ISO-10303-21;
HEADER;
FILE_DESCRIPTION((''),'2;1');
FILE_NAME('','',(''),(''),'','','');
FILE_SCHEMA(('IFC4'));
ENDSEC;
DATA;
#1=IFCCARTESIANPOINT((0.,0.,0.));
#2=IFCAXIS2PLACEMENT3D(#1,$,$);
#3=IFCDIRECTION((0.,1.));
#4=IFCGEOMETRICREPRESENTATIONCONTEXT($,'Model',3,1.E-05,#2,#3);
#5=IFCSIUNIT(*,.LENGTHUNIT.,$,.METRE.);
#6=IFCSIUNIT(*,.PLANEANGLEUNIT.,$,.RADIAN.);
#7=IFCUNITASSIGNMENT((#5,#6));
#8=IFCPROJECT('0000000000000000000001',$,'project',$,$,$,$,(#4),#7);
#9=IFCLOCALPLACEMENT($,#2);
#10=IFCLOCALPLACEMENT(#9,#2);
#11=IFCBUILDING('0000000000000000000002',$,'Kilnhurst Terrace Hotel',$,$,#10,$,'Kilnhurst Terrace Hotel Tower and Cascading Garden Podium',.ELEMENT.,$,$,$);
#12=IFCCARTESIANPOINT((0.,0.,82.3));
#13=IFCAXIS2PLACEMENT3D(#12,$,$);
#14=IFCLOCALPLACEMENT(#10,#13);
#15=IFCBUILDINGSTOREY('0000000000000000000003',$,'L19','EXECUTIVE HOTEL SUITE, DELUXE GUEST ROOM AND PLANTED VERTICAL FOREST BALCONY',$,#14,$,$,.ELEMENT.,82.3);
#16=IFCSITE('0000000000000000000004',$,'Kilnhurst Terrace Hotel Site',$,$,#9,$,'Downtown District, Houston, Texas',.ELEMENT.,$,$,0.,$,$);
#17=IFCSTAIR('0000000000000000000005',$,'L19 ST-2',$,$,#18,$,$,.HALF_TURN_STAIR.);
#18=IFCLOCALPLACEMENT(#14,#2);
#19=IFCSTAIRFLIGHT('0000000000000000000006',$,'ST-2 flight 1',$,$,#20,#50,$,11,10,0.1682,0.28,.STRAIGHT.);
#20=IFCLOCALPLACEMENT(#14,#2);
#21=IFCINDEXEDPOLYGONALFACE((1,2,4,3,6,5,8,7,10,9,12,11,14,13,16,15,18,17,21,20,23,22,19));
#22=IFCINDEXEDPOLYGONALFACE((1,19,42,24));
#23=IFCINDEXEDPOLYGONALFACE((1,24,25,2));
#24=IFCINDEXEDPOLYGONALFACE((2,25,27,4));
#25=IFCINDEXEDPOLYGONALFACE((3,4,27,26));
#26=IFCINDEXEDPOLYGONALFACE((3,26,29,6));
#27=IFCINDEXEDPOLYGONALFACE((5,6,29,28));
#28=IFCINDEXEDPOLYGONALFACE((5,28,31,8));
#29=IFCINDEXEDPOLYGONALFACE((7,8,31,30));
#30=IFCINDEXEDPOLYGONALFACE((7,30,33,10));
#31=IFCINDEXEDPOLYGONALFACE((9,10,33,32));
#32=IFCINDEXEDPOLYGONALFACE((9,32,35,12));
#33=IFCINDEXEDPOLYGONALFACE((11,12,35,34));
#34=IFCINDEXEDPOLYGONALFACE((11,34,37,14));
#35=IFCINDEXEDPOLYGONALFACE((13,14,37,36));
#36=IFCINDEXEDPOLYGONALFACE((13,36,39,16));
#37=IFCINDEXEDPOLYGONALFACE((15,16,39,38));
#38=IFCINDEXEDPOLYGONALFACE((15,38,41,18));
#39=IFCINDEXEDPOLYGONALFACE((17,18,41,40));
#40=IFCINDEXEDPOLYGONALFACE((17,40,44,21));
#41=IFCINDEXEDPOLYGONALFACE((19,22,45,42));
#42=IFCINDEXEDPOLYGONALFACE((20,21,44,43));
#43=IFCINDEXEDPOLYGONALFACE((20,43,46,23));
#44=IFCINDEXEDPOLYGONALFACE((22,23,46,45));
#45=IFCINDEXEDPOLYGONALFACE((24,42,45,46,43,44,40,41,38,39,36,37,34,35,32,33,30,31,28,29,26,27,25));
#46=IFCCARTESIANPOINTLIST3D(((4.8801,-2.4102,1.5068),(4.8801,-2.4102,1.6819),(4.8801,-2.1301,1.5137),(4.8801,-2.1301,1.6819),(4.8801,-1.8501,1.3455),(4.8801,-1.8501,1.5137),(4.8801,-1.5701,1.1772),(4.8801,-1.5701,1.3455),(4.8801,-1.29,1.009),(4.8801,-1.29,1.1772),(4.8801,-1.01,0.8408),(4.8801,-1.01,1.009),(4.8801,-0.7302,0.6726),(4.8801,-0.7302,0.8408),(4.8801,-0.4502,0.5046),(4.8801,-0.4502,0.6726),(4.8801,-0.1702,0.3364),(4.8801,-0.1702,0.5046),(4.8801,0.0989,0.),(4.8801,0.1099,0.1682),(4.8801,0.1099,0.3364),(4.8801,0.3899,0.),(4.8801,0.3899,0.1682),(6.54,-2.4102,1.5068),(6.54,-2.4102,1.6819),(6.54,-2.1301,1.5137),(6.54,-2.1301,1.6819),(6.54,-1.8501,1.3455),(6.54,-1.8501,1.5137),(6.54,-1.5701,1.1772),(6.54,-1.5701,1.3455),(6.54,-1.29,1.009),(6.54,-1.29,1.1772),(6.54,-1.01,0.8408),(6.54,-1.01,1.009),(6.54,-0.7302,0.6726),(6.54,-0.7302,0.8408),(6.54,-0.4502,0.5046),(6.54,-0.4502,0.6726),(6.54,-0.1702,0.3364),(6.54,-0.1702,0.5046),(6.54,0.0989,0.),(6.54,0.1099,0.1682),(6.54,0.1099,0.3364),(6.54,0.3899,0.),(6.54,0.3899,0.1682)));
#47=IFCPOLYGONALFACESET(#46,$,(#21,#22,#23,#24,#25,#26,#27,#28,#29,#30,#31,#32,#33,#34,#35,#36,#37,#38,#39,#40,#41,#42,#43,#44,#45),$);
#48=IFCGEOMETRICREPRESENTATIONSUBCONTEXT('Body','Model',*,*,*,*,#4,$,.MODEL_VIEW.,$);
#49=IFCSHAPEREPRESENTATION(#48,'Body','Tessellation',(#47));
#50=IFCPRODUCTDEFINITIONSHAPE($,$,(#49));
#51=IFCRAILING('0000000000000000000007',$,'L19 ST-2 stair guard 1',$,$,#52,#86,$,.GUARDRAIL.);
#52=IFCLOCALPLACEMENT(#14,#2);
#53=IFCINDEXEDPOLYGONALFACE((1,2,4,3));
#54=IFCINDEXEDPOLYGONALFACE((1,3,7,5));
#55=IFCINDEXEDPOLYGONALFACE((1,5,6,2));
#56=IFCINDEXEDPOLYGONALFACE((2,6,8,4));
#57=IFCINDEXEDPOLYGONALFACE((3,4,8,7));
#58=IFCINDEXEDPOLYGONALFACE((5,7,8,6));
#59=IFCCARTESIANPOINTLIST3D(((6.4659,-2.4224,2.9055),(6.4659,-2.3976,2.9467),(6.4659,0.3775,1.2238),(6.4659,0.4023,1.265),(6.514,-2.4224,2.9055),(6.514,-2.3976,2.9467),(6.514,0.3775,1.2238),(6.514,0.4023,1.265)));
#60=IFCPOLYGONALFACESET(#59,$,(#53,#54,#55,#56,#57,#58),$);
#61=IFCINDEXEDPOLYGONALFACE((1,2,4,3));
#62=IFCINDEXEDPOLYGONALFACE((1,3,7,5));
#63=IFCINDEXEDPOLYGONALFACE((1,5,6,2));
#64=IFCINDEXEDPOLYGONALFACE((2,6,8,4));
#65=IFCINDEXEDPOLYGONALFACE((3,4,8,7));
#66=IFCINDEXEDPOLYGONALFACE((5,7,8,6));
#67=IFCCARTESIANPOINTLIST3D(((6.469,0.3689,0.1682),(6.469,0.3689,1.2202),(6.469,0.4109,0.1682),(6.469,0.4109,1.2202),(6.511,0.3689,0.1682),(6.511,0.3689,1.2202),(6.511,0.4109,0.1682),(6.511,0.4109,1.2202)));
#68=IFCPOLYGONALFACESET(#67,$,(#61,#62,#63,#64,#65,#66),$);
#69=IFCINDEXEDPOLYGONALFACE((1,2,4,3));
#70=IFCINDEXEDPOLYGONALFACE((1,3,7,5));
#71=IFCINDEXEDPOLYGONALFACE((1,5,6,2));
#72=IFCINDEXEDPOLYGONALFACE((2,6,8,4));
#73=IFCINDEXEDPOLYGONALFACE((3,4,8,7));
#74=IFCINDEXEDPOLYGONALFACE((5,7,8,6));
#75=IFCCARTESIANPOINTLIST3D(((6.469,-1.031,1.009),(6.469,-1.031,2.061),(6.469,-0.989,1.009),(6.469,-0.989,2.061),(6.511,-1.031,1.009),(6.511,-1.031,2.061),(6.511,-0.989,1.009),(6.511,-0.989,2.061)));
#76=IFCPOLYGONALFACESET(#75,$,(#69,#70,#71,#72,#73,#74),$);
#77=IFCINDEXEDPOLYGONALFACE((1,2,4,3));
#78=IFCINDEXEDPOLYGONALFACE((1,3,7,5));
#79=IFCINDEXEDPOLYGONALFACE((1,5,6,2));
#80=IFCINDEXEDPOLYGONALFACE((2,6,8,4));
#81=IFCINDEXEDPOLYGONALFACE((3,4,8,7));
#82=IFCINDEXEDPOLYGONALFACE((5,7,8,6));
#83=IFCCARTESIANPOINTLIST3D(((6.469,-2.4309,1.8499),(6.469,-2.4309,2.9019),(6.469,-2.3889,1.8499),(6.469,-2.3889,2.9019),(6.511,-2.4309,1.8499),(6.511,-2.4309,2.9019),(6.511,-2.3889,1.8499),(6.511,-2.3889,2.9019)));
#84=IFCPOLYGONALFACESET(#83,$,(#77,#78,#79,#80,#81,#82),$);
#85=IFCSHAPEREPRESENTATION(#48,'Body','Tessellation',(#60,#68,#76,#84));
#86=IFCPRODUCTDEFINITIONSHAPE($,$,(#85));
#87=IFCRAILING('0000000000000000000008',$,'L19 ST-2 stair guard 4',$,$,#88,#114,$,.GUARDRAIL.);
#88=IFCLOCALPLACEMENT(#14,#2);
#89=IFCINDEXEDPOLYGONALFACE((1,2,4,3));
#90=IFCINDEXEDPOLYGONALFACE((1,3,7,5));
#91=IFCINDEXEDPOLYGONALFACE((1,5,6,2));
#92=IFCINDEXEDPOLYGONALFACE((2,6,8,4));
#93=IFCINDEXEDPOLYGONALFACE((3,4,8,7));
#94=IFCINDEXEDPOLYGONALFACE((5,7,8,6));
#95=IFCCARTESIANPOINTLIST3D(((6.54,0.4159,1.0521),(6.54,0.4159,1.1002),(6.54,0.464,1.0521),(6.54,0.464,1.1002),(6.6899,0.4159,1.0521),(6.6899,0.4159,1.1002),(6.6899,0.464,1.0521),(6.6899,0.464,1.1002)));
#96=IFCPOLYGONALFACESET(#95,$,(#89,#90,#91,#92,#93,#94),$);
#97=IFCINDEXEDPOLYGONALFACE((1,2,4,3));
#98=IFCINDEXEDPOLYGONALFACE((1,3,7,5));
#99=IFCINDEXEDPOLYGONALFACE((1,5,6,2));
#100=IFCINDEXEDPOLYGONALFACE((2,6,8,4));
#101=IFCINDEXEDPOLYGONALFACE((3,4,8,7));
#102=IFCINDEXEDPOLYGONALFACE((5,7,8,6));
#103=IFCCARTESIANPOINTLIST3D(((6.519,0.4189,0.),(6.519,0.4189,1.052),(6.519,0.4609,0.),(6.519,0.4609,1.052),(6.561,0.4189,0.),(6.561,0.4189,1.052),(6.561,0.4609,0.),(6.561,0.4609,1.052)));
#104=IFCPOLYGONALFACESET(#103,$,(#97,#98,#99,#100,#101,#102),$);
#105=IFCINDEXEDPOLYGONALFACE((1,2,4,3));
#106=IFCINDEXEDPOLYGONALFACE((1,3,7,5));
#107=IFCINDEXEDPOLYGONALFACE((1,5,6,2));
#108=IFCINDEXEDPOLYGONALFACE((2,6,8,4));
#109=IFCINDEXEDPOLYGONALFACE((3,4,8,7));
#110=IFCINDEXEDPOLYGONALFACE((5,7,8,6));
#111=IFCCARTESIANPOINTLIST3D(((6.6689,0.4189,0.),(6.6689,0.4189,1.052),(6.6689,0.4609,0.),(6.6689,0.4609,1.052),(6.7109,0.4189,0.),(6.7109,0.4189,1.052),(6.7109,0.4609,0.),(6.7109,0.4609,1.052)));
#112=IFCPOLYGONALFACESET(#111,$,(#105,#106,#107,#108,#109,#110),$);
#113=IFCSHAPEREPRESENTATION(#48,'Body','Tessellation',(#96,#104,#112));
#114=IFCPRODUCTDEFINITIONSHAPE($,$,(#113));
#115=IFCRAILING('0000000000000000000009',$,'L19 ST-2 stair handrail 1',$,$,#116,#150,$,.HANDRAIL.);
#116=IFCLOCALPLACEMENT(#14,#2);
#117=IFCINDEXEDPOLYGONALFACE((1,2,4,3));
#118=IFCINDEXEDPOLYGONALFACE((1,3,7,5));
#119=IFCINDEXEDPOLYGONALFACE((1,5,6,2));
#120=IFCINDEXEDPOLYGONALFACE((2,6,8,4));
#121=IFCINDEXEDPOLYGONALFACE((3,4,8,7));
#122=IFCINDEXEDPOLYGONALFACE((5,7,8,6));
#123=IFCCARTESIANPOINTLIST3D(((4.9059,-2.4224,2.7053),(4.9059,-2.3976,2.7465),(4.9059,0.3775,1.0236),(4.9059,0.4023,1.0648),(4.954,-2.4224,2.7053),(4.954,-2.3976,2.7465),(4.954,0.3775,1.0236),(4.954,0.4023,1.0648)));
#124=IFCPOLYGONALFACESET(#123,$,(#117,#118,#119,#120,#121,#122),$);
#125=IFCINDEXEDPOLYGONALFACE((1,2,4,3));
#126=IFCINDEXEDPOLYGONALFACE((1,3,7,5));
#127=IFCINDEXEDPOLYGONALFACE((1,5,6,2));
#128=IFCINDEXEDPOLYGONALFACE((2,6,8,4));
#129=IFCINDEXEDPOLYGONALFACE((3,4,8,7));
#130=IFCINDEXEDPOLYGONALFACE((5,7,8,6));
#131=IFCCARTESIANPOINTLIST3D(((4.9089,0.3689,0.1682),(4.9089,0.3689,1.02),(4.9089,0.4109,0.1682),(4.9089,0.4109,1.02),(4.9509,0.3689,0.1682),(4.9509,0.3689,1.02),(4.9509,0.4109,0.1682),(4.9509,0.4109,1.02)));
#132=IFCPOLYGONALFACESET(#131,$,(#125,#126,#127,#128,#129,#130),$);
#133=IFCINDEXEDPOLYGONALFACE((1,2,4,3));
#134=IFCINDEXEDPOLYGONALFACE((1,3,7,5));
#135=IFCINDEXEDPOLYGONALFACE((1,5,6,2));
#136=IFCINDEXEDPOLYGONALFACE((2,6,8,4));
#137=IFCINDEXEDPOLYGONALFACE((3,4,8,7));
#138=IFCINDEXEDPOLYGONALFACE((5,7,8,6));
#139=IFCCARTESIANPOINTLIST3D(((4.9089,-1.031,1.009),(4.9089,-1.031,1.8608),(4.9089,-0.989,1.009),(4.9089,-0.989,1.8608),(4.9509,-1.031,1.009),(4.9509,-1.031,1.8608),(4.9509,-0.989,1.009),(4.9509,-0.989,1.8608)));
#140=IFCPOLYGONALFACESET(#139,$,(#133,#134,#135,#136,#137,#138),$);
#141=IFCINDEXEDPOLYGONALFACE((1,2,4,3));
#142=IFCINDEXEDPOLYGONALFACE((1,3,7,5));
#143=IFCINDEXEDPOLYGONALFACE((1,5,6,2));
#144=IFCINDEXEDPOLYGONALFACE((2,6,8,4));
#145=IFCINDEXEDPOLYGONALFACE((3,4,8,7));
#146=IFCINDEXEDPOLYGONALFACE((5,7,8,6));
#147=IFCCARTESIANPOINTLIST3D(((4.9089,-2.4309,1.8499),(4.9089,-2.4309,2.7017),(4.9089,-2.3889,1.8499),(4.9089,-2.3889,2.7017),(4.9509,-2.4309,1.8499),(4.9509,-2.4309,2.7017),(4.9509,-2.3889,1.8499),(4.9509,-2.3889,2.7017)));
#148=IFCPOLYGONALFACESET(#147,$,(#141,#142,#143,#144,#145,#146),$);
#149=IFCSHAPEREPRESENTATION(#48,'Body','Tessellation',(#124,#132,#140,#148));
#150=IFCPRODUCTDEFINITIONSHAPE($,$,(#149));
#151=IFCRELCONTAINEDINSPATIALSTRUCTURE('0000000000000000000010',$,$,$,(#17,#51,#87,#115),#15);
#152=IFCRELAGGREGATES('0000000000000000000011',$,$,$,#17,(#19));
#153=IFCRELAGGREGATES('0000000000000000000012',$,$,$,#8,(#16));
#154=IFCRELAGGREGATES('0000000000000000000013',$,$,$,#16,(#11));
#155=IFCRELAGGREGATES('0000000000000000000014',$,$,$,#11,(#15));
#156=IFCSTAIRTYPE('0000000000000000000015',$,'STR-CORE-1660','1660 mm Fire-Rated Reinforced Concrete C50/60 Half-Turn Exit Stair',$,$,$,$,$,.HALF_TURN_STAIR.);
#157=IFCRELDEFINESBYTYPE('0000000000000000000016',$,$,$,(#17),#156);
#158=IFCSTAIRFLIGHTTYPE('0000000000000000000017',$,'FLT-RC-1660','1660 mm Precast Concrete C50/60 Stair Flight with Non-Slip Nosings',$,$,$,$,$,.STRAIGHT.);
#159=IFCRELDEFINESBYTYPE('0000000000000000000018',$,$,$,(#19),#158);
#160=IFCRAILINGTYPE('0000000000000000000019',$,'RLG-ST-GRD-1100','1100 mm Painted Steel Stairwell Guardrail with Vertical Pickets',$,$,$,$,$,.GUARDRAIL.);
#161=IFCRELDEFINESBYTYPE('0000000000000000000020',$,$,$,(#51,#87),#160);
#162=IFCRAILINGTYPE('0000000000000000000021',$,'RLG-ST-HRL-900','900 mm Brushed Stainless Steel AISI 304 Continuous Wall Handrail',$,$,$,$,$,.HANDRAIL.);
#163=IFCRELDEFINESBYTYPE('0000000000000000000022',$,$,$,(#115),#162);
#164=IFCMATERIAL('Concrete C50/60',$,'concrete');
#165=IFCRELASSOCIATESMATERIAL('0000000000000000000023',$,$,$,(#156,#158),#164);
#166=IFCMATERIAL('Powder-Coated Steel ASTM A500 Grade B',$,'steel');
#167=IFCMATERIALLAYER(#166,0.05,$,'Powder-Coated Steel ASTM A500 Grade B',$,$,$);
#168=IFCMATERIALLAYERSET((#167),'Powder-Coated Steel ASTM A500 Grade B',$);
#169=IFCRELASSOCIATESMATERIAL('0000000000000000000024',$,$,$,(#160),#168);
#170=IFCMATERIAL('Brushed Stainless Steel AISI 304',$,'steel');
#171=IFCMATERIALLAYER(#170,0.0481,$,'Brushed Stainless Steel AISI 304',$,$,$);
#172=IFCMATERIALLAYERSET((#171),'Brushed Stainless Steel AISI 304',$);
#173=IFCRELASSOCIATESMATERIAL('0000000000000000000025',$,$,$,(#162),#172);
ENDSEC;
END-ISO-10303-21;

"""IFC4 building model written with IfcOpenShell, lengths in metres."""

from ifc_helpers import new_model, si_unit, direction, frame, origin, origin_2d, place, context, subcontext, project, spatial, polyline, rectangle, outline, extrude, material, layer, layer_set, type_object, element, aggregate, save


model = new_model("IFC4")

# Units and contexts
model_context = context("Model", 3, precision=1e-05, world=origin(), true_north=direction((0.0, 1.0)))
body_context = subcontext(model_context, "Body", "Model", "MODEL_VIEW")
ifc_project = project(units=[si_unit("LENGTHUNIT", "METRE"), si_unit("PLANEANGLEUNIT", "RADIAN")], contexts=[model_context])

# Site, building, storey
site_placement = place(None, origin())
site = spatial("IfcSite", under=ifc_project, at=site_placement, Name="Kilnhurst Terrace Hotel Site", LongName="Downtown District, Houston, Texas", CompositionType="ELEMENT", RefElevation=0.0)
building_placement = place(site_placement, origin())
building = spatial("IfcBuilding", under=site, at=building_placement, Name="Kilnhurst Terrace Hotel", LongName="Kilnhurst Terrace Hotel Tower and Cascading Garden Podium", CompositionType="ELEMENT")
storey_placement = place(building_placement, frame((0.0, 0.0, 82.3)))
storey = spatial("IfcBuildingStorey", under=building, at=storey_placement, Name="L19", Description="EXECUTIVE HOTEL SUITE, DELUXE GUEST ROOM AND PLANTED VERTICAL FOREST BALCONY", CompositionType="ELEMENT", Elevation=82.3)

# Shared definitions
ifc_material_1 = material(Name="Concrete C50/60", Category="concrete")

# Stair, stair flight
stair_type = type_object("IfcStairType", Name="STR-CORE-1660", Description="1660 mm Fire-Rated Reinforced Concrete C50/60 Half-Turn Exit Stair", PredefinedType="HALF_TURN_STAIR", material=ifc_material_1)
stair_placement = place(storey_placement, origin())
stair = element("IfcStair", 1, at=stair_placement, inside=storey, type_object=stair_type, Name="L19 ST-2", PredefinedType="HALF_TURN_STAIR")
stair_flight_type = type_object("IfcStairFlightType", Name="FLT-RC-1660", Description="1660 mm Precast Concrete C50/60 Stair Flight with Non-Slip Nosings", PredefinedType="STRAIGHT", material=ifc_material_1)
stair_flight_placement = place(storey_placement, frame((5.71, 0.3899, 0.0), z_axis=(0.0, 0.0, 1.0), x_axis=(0.0, -1.0, 0.0)))
stair_flight = element("IfcStairFlight", 2, at=stair_flight_placement, type_object=stair_flight_type, Name="ST-2 flight 1", NumberOfRisers=11, NumberOfTreads=10, PredefinedType="STRAIGHT", RiserHeight=0.1682, TreadLength=0.28, context=body_context, shape_type="SweptSolid", body=[
    extrude(outline(polyline([(0.0, 0.0), (0.0, 0.1682), (0.28, 0.1682), (0.28, 0.3364), (0.5601, 0.3364), (0.5601, 0.5046), (0.8401, 0.5046), (0.8401, 0.6726), (1.1201, 0.6726), (1.1201, 0.8408), (1.3999, 0.8408), (1.3999, 1.009), (1.6799, 1.009), (1.6799, 1.1772), (1.96, 1.1772), (1.96, 1.3455), (2.24, 1.3455), (2.24, 1.5137), (2.52, 1.5137), (2.52, 1.6819), (2.8, 1.6819), (2.8, 1.8501), (2.8, 1.5068), (0.291, 0.0), (0.0, 0.0)])), frame((0.0, 0.8301, 0.0), z_axis=(0.0, -1.0, 0.0), x_axis=(1.0, 0.0, 0.0)), (0.0, 0.0, 1.0), 1.6599),
])
aggregate(stair, [stair_flight])

# Railings
ifc_material_2 = material(Name="Powder-Coated Steel ASTM A500 Grade B", Category="steel")
ifc_layer_1 = layer(ifc_material_2, 0.05, Name="Powder-Coated Steel ASTM A500 Grade B")
ifc_layer_set_1 = layer_set([ifc_layer_1], Name="Powder-Coated Steel ASTM A500 Grade B")
railing_type_1 = type_object("IfcRailingType", Name="RLG-ST-GRD-1100", Description="1100 mm Painted Steel Stairwell Guardrail with Vertical Pickets", PredefinedType="GUARDRAIL", material=ifc_layer_set_1)
railing_1_placement = place(storey_placement, frame((6.49, 0.3899, 0.1682)))
element("IfcRailing", 3, at=railing_1_placement, inside=storey, type_object=railing_type_1, Name="L19 ST-2 stair guard 1", PredefinedType="GUARDRAIL", context=body_context, shape_type="SweptSolid", body=[
    extrude(rectangle(XDim=0.0481, YDim=0.0481, at=origin_2d()), frame((0.0, 0.0, 1.0762), z_axis=(0.0, -0.857255, 0.514891), x_axis=(1.0, 0.0, 0.0)), (0.0, 0.0, 1.0), 3.2661),
    extrude(rectangle(XDim=0.042, YDim=0.042, at=origin_2d()), origin(), (0.0, 0.0, 1.0), 1.052),
    extrude(rectangle(XDim=0.042, YDim=0.042, at=origin_2d()), frame((0.0, -1.3999, 0.8408)), (0.0, 0.0, 1.0), 1.052),
    extrude(rectangle(XDim=0.042, YDim=0.042, at=origin_2d()), frame((0.0, -2.7998, 1.6816)), (0.0, 0.0, 1.0), 1.052),
])
railing_2_placement = place(storey_placement, frame((6.54, 0.4399, 0.0)))
element("IfcRailing", 4, at=railing_2_placement, inside=storey, type_object=railing_type_1, Name="L19 ST-2 stair guard 4", PredefinedType="GUARDRAIL", context=body_context, shape_type="SweptSolid", body=[
    extrude(rectangle(XDim=0.0481, YDim=0.0481, at=origin_2d()), frame((0.0, 0.0, 1.0762), z_axis=(1.0, 0.0, 0.0), x_axis=(0.0, 1.0, 0.0)), (0.0, 0.0, 1.0), 0.1499),
    extrude(rectangle(XDim=0.042, YDim=0.042, at=origin_2d()), origin(), (0.0, 0.0, 1.0), 1.052),
    extrude(rectangle(XDim=0.042, YDim=0.042, at=origin_2d()), frame((0.1499, 0.0, 0.0)), (0.0, 0.0, 1.0), 1.052),
])
ifc_material_3 = material(Name="Brushed Stainless Steel AISI 304", Category="steel")
ifc_layer_2 = layer(ifc_material_3, 0.0481, Name="Brushed Stainless Steel AISI 304")
ifc_layer_set_2 = layer_set([ifc_layer_2], Name="Brushed Stainless Steel AISI 304")
railing_type_2 = type_object("IfcRailingType", Name="RLG-ST-HRL-900", Description="900 mm Brushed Stainless Steel AISI 304 Continuous Wall Handrail", PredefinedType="HANDRAIL", material=ifc_layer_set_2)
railing_3_placement = place(storey_placement, frame((4.9299, 0.3899, 0.1682)))
element("IfcRailing", 5, at=railing_3_placement, inside=storey, type_object=railing_type_2, Name="L19 ST-2 stair handrail 1", PredefinedType="HANDRAIL", context=body_context, shape_type="SweptSolid", body=[
    extrude(rectangle(XDim=0.0481, YDim=0.0481, at=origin_2d()), frame((0.0, 0.0, 0.876), z_axis=(0.0, -0.857255, 0.514891), x_axis=(1.0, 0.0, 0.0)), (0.0, 0.0, 1.0), 3.2661),
    extrude(rectangle(XDim=0.042, YDim=0.042, at=origin_2d()), origin(), (0.0, 0.0, 1.0), 0.8518),
    extrude(rectangle(XDim=0.042, YDim=0.042, at=origin_2d()), frame((0.0, -1.3999, 0.8408)), (0.0, 0.0, 1.0), 0.8518),
    extrude(rectangle(XDim=0.042, YDim=0.042, at=origin_2d()), frame((0.0, -2.7998, 1.6816)), (0.0, 0.0, 1.0), 0.8518),
])

save(model, "model.ifc")
